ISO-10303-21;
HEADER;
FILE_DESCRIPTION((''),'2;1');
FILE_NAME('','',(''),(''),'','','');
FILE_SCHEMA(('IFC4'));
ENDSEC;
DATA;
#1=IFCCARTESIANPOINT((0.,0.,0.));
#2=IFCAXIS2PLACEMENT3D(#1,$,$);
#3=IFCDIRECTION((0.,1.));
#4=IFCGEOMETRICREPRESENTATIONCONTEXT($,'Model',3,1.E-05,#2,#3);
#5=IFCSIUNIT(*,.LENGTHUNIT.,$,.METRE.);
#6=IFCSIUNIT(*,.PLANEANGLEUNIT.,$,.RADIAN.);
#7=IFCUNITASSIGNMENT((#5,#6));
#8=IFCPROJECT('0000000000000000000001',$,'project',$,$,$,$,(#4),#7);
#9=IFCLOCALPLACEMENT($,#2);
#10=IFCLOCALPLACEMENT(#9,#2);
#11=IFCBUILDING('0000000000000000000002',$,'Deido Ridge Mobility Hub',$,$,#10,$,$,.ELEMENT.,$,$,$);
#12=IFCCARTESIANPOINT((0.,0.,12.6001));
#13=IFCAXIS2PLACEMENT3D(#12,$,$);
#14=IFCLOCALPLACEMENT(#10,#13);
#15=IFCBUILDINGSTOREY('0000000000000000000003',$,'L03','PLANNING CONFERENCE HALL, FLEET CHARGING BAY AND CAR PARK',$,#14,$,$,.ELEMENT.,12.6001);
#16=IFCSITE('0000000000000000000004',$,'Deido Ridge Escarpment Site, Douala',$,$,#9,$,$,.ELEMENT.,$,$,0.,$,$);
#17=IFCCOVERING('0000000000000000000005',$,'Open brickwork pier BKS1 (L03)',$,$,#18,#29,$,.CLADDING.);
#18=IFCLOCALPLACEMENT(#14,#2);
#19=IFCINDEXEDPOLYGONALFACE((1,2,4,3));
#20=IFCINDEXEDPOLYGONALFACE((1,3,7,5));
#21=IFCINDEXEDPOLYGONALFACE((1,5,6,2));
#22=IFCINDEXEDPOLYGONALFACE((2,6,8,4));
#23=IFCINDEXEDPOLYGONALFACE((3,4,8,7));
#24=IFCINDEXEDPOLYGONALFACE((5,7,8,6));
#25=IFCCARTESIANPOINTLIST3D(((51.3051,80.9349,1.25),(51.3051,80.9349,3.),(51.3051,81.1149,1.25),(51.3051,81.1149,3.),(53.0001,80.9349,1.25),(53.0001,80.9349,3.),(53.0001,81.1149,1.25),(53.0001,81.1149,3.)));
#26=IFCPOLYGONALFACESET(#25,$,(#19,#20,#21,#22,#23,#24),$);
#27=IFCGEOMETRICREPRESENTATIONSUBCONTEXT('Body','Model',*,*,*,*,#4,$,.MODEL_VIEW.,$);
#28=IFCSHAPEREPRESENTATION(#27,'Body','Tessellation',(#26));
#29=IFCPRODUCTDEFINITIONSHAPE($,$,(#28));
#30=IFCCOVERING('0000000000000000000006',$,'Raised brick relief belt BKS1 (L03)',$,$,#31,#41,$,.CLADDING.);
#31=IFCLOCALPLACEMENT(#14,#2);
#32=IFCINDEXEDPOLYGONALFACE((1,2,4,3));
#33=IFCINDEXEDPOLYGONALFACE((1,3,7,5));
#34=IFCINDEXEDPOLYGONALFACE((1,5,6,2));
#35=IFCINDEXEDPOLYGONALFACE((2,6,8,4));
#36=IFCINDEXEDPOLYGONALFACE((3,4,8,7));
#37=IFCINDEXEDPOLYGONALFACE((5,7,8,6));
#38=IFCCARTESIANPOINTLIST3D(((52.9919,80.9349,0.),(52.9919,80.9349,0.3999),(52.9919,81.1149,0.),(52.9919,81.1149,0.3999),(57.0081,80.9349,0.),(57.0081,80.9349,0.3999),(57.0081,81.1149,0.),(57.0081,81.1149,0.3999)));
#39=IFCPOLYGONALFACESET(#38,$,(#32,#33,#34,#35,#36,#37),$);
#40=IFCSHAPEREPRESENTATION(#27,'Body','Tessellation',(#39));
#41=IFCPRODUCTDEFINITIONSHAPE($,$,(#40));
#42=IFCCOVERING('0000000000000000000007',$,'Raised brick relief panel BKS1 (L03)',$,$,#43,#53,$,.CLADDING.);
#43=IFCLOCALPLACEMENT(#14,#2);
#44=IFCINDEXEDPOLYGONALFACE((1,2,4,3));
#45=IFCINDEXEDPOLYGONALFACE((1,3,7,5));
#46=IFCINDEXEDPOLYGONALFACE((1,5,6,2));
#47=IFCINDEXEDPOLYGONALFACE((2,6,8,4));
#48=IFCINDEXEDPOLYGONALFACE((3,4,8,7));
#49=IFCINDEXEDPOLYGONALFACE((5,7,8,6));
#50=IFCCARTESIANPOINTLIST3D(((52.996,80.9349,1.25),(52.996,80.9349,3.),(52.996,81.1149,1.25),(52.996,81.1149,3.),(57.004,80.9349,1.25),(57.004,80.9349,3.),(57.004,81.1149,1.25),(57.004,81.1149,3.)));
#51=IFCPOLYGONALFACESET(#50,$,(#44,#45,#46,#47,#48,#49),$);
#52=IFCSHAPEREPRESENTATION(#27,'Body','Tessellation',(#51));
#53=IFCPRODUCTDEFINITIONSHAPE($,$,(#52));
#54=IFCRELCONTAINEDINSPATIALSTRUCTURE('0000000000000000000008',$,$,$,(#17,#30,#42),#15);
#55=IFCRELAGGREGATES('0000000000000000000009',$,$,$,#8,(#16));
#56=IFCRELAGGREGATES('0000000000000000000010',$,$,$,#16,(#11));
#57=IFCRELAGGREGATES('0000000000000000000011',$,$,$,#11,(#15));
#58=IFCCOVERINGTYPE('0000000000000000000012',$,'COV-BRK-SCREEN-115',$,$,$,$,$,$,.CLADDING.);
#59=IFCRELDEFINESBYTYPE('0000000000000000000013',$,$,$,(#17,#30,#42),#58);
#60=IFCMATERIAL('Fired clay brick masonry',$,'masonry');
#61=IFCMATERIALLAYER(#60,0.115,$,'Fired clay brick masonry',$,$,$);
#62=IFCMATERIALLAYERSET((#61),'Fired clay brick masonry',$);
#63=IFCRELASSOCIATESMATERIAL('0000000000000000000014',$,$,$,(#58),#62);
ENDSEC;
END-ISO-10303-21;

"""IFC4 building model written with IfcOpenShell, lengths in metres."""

from ifc_helpers import new_model, si_unit, direction, frame, origin, origin_2d, place, context, subcontext, project, spatial, rectangle, extrude, material, layer, layer_set, type_object, element, save


model = new_model("IFC4")

# Units and contexts
model_context = context("Model", 3, precision=1e-05, world=origin(), true_north=direction((0.0, 1.0)))
body_context = subcontext(model_context, "Body", "Model", "MODEL_VIEW")
ifc_project = project(units=[si_unit("LENGTHUNIT", "METRE"), si_unit("PLANEANGLEUNIT", "RADIAN")], contexts=[model_context])

# Site, building, storey
site_placement = place(None, origin())
site = spatial("IfcSite", under=ifc_project, at=site_placement, Name="Deido Ridge Escarpment Site, Douala", CompositionType="ELEMENT", RefElevation=0.0)
building_placement = place(site_placement, origin())
building = spatial("IfcBuilding", under=site, at=building_placement, Name="Deido Ridge Mobility Hub", CompositionType="ELEMENT")
storey_placement = place(building_placement, frame((0.0, 0.0, 12.6001)))
storey = spatial("IfcBuildingStorey", under=building, at=storey_placement, Name="L03", Description="PLANNING CONFERENCE HALL, FLEET CHARGING BAY AND CAR PARK", CompositionType="ELEMENT", Elevation=12.6001)

# Coverings
ifc_material_1 = material(Name="Fired clay brick masonry", Category="masonry")
ifc_layer_1 = layer(ifc_material_1, 0.115, Name="Fired clay brick masonry")
ifc_layer_set_1 = layer_set([ifc_layer_1], Name="Fired clay brick masonry")
covering_type = type_object("IfcCoveringType", Name="COV-BRK-SCREEN-115", PredefinedType="CLADDING", material=ifc_layer_set_1)
covering_1_placement = place(storey_placement, frame((52.1526, 81.0249, 1.25), z_axis=(0.0, 0.0, 1.0), x_axis=(1.0, 0.0, 0.0)))
element("IfcCovering", 1, at=covering_1_placement, inside=storey, type_object=covering_type, Name="Open brickwork pier BKS1 (L03)", PredefinedType="CLADDING", context=body_context, shape_type="SweptSolid", body=[
    extrude(rectangle(XDim=1.6951, YDim=0.1799, at=origin_2d()), origin(), (0.0, 0.0, 1.0), 1.75),
])
covering_2_placement = place(storey_placement, frame((55.0, 81.0249, 0.0), z_axis=(0.0, 0.0, 1.0), x_axis=(1.0, 0.0, 0.0)))
element("IfcCovering", 2, at=covering_2_placement, inside=storey, type_object=covering_type, Name="Raised brick relief belt BKS1 (L03)", PredefinedType="CLADDING", context=body_context, shape_type="SweptSolid", body=[
    extrude(rectangle(XDim=4.0161, YDim=0.1799, at=origin_2d()), origin(), (0.0, 0.0, 1.0), 0.3999),
])
covering_3_placement = place(storey_placement, frame((55.0, 81.0249, 1.25), z_axis=(0.0, 0.0, 1.0), x_axis=(1.0, 0.0, 0.0)))
element("IfcCovering", 3, at=covering_3_placement, inside=storey, type_object=covering_type, Name="Raised brick relief panel BKS1 (L03)", PredefinedType="CLADDING", context=body_context, shape_type="SweptSolid", body=[
    extrude(rectangle(XDim=4.0081, YDim=0.1799, at=origin_2d()), origin(), (0.0, 0.0, 1.0), 1.75),
])

save(model, "model.ifc")
